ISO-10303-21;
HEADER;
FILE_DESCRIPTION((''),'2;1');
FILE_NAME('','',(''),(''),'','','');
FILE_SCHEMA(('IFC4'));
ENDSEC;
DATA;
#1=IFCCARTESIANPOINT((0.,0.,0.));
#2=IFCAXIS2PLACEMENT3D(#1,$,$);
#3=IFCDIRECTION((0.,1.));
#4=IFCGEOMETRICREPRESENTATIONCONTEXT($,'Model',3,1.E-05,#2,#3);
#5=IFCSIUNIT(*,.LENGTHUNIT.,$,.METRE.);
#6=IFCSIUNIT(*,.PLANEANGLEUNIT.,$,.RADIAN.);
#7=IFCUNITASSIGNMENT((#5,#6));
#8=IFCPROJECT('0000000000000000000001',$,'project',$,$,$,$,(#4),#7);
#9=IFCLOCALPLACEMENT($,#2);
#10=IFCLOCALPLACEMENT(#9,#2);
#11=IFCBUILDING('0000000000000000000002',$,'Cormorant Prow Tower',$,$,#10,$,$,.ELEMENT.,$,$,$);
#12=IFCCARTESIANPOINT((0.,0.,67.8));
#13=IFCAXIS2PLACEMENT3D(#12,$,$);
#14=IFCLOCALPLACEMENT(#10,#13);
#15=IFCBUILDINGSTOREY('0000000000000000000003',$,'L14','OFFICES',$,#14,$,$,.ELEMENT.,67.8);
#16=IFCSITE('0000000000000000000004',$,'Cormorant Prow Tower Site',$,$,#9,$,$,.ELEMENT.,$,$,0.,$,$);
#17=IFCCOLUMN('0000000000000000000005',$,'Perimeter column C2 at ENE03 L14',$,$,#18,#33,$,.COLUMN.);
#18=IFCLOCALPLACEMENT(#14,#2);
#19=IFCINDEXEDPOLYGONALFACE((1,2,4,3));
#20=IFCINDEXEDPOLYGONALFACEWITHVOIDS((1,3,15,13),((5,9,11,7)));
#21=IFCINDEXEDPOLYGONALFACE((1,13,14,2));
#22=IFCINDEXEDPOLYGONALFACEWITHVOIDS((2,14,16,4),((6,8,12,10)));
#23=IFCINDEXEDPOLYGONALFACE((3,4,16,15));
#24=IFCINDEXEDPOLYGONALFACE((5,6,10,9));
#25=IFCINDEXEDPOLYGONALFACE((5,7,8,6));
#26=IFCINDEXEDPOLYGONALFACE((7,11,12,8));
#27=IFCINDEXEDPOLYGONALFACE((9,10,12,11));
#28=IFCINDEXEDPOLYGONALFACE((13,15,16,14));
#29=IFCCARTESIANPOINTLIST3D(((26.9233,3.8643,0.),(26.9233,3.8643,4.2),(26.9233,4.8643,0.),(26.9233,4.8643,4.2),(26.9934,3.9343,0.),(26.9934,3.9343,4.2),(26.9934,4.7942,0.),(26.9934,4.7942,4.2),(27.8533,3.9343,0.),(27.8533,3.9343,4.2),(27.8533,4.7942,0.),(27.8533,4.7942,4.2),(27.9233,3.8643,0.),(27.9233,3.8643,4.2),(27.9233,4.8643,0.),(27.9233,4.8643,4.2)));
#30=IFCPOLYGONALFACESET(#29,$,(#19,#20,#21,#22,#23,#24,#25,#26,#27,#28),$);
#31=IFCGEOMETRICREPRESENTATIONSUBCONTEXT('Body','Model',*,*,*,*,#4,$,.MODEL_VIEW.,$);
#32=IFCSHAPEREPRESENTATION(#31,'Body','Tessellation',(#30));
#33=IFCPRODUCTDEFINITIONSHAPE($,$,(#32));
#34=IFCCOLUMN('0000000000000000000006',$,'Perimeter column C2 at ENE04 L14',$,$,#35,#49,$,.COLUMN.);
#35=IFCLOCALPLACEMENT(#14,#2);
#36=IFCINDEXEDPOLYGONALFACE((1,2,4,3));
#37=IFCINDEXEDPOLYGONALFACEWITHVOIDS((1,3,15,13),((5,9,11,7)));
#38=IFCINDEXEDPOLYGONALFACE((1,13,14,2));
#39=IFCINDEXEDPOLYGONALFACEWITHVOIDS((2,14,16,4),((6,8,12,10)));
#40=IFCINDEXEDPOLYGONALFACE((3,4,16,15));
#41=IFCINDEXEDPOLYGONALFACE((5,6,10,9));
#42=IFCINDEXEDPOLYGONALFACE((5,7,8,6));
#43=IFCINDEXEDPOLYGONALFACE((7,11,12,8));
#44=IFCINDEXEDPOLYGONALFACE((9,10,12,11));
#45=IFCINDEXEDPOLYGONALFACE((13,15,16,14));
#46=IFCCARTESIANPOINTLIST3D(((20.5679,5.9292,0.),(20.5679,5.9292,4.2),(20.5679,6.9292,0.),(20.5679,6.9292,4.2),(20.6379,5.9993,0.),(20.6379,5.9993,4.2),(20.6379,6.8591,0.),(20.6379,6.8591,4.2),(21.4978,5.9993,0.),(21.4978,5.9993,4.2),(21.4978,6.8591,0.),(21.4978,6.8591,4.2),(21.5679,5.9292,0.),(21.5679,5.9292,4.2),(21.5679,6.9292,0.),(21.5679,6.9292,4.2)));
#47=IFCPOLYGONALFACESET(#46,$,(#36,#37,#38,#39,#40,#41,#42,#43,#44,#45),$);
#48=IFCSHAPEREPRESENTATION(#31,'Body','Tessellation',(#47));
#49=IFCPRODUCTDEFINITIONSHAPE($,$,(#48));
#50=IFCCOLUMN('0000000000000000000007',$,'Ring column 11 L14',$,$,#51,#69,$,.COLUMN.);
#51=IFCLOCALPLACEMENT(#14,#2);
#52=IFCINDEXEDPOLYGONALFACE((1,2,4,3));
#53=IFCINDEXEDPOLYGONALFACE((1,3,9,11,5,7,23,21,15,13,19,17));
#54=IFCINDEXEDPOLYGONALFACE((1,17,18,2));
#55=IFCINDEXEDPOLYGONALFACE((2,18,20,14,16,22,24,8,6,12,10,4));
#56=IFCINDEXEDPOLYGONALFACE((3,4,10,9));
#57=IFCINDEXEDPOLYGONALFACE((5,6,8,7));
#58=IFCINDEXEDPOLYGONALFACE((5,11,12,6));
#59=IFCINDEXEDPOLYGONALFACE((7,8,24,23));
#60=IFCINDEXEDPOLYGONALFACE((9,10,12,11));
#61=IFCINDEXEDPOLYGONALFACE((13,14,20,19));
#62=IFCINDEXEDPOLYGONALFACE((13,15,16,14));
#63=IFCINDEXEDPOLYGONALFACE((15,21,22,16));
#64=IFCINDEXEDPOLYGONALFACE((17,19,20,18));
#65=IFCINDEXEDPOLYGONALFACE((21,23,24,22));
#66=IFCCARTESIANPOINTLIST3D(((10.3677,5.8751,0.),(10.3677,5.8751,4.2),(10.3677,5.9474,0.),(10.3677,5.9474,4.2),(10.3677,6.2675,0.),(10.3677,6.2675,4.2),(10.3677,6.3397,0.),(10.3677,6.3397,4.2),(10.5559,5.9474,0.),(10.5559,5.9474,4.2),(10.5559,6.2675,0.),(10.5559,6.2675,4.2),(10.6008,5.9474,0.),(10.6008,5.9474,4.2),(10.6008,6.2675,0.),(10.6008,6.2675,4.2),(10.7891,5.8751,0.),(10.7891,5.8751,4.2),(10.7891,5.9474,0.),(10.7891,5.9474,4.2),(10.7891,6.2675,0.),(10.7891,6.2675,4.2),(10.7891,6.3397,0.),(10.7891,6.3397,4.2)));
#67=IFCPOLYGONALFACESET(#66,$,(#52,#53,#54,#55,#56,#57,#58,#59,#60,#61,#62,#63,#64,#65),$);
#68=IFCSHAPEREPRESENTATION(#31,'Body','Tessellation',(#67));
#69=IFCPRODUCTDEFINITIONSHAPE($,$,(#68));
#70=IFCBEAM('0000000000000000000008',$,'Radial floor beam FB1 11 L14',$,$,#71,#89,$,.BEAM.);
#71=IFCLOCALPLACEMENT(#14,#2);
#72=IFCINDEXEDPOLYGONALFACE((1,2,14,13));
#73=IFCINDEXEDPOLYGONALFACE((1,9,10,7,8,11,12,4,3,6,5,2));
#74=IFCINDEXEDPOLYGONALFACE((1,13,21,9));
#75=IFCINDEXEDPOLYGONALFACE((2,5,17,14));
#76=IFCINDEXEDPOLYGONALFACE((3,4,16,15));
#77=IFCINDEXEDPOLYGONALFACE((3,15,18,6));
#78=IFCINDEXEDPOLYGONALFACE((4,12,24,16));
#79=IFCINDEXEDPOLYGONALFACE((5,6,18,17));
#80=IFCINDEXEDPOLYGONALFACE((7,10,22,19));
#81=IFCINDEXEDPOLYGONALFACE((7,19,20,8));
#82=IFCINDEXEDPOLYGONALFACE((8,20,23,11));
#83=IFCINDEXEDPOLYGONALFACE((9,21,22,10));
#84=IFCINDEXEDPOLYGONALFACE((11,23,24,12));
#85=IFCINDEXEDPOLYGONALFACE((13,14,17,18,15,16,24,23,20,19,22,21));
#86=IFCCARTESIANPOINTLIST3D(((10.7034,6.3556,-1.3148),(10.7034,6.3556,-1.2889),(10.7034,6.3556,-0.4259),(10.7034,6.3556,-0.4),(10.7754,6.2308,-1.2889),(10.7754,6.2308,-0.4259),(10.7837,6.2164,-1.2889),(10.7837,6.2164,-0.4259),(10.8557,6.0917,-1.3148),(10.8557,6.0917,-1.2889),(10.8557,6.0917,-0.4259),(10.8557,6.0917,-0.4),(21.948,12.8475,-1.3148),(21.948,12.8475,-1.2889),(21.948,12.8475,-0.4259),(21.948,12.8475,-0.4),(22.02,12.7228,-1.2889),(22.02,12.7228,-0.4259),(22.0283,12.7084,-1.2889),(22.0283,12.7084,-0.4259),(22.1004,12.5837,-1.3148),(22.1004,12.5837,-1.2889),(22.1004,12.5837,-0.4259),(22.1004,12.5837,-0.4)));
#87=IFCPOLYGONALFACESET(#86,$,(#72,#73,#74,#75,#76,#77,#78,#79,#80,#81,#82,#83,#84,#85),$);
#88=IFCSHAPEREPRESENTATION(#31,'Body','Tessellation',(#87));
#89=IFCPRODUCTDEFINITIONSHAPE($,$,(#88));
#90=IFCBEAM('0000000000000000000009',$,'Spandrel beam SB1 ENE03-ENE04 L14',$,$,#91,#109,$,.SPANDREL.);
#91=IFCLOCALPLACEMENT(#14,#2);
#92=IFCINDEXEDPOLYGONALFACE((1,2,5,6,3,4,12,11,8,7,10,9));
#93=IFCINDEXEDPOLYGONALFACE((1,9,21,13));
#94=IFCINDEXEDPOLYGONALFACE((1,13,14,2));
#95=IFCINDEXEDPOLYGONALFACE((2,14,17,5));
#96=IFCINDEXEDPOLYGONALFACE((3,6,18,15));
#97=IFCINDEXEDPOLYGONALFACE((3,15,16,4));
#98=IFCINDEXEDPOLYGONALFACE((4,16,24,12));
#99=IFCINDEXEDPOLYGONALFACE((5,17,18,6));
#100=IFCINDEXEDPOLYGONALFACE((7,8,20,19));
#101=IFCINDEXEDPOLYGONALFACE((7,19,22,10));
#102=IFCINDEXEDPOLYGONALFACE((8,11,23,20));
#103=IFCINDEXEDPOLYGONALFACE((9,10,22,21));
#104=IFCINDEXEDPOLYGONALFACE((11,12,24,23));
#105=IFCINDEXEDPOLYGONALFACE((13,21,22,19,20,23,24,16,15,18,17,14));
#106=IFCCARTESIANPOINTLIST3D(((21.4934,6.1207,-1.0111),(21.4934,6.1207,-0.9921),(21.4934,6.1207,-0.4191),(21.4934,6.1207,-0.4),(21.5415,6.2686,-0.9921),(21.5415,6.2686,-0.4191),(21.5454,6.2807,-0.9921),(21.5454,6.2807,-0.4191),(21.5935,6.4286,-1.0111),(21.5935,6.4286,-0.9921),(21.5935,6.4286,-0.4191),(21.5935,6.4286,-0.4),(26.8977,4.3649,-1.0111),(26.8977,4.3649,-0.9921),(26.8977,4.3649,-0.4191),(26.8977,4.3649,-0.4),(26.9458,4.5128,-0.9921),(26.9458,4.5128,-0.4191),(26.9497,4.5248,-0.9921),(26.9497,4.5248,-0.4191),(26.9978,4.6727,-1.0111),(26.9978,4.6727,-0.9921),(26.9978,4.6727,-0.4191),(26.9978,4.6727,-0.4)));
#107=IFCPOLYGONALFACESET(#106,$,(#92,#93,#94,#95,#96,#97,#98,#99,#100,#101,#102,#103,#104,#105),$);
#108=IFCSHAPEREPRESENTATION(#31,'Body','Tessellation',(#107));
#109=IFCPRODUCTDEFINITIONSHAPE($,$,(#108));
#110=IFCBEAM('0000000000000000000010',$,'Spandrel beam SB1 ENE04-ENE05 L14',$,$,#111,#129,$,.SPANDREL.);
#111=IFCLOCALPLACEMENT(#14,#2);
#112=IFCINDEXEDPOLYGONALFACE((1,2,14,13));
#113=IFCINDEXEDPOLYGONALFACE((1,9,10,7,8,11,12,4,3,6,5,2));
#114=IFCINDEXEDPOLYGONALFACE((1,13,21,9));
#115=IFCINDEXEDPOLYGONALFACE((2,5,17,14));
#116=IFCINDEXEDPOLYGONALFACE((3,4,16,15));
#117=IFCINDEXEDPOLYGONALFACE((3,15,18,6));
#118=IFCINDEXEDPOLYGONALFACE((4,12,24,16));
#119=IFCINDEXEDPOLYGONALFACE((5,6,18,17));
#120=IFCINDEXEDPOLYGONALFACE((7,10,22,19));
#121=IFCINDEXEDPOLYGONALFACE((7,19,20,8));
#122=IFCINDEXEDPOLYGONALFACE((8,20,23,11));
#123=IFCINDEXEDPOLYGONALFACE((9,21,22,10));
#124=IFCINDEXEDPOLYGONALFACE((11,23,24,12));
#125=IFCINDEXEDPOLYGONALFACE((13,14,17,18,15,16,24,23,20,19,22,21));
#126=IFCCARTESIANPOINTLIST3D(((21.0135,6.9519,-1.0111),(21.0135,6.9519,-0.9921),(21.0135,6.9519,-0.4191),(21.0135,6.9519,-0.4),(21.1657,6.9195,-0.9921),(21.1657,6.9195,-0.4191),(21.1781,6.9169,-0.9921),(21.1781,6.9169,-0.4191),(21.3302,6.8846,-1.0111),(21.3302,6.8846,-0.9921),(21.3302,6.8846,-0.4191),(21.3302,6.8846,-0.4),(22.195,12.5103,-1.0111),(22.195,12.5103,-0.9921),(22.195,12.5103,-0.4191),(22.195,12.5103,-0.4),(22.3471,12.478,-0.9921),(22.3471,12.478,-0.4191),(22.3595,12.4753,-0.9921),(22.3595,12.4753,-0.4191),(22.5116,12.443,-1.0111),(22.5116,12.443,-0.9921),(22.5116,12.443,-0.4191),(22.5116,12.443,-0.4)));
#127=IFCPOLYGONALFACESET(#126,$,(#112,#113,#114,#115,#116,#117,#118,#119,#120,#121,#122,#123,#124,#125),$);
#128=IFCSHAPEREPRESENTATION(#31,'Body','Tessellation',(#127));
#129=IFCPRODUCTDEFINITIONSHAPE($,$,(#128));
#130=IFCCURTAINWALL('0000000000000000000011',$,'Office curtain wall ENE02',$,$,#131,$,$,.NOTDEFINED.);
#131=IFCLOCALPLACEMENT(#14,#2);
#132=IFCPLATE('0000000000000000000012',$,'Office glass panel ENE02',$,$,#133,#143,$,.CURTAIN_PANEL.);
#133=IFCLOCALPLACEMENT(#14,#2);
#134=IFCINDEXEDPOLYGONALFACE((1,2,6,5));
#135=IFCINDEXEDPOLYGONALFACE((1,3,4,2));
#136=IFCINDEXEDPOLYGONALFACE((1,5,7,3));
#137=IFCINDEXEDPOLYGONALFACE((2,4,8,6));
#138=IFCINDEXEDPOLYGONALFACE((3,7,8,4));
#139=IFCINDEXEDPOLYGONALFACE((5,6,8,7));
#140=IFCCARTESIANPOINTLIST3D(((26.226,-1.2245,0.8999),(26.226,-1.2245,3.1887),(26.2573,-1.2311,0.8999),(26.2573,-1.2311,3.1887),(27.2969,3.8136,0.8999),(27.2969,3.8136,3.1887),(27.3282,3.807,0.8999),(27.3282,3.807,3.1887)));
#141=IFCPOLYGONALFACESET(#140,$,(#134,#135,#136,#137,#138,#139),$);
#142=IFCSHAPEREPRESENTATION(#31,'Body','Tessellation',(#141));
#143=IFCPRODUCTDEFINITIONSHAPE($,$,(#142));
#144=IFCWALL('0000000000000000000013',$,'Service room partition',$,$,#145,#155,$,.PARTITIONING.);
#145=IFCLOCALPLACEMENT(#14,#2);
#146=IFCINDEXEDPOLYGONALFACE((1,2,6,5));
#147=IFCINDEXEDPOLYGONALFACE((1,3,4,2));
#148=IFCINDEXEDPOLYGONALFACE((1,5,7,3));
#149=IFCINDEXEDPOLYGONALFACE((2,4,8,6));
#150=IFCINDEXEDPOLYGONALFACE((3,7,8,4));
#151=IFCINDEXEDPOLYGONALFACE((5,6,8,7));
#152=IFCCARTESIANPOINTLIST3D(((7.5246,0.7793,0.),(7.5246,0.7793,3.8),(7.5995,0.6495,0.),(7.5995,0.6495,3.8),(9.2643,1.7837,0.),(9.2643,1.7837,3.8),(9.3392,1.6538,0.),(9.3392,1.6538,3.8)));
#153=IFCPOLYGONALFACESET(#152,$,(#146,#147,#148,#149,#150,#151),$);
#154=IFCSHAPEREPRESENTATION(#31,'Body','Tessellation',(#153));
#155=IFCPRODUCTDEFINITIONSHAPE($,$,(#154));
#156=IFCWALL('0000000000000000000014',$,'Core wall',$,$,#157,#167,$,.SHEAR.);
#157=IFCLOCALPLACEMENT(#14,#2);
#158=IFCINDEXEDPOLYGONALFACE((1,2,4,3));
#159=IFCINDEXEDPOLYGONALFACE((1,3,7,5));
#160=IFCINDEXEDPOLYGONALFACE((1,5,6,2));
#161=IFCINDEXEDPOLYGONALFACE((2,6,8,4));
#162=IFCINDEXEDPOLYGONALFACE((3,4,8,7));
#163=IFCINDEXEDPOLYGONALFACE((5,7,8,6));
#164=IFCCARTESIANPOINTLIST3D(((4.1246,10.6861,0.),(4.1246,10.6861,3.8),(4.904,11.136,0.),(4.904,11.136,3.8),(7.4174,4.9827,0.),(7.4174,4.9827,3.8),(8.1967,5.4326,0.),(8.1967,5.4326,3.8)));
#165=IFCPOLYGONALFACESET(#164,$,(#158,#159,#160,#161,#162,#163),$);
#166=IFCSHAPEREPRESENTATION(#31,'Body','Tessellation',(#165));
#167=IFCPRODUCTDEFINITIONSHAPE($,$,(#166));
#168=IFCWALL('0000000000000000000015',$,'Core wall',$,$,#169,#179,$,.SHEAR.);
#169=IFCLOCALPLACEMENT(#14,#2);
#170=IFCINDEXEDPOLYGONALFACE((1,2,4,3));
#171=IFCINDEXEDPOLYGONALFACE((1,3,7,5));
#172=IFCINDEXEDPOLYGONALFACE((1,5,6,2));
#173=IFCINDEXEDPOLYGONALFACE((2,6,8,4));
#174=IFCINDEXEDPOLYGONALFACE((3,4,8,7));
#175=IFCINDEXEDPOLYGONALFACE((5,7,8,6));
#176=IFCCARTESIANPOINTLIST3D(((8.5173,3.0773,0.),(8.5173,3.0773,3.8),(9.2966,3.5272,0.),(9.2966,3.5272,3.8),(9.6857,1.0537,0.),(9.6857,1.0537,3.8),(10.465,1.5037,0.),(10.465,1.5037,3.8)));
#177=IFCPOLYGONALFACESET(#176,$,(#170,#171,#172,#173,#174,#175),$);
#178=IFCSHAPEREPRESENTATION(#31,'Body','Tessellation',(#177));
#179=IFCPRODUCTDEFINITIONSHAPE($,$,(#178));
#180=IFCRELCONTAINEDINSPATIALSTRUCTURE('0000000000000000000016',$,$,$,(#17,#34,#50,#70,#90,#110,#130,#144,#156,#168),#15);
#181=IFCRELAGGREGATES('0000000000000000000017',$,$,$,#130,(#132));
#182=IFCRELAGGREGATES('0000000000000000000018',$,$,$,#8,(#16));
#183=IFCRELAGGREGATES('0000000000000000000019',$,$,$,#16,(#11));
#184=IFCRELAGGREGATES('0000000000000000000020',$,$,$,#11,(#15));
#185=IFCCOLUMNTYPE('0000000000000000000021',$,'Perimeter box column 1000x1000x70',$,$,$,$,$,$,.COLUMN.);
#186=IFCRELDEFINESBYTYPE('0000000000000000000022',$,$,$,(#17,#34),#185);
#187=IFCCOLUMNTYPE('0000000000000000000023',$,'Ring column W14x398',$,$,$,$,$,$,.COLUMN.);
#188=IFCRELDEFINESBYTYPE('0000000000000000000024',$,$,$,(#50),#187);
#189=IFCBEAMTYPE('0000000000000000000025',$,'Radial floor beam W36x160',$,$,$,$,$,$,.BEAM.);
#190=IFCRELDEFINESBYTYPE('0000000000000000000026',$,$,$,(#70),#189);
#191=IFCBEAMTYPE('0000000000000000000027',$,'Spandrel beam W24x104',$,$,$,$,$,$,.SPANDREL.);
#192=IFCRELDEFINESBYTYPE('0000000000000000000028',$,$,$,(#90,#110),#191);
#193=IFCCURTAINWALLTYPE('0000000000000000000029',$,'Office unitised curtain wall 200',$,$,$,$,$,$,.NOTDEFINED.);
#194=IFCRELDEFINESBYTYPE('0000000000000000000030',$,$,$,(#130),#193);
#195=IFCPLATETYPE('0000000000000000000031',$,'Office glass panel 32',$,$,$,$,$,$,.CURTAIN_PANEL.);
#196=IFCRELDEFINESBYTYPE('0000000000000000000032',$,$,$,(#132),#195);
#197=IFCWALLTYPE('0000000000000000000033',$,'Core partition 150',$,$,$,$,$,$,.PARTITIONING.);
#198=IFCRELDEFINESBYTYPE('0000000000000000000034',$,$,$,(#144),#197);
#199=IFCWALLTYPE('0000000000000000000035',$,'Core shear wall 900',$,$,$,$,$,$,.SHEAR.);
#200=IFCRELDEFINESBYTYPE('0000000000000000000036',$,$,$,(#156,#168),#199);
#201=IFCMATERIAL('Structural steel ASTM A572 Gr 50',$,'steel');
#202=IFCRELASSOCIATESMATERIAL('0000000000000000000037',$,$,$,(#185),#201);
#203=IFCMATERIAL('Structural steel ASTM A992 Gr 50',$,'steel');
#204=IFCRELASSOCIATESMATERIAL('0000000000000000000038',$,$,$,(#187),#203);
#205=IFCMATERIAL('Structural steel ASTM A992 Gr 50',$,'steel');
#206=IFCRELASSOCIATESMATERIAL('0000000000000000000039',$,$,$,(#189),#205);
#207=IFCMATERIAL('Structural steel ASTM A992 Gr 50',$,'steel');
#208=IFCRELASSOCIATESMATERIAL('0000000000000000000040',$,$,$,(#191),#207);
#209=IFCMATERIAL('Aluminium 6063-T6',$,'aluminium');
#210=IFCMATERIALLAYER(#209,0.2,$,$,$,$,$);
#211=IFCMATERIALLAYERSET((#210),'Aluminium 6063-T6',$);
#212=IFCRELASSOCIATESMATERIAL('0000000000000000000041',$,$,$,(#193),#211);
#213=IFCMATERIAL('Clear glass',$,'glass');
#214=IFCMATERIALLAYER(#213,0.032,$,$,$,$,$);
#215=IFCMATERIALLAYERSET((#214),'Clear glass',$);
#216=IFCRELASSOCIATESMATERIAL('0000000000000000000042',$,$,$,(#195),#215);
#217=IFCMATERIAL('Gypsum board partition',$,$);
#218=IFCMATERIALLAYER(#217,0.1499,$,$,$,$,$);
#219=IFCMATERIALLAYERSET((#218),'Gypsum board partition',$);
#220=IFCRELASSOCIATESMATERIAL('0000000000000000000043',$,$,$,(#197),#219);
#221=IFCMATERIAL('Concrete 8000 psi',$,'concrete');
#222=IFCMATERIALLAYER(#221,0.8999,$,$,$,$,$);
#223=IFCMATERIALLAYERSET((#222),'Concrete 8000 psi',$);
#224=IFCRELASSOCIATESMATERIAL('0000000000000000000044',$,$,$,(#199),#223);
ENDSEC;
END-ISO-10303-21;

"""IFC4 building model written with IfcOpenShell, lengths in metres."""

from ifc_helpers import new_model, si_unit, direction, frame, frame_2d, origin, origin_2d, place, context, subcontext, project, spatial, rectangle, hollow_rectangle, i_section, extrude, material, layer, layer_set, material_profile, profile_set, type_object, element, aggregate, save


model = new_model("IFC4")

# Units and contexts
model_context = context("Model", 3, precision=1e-05, world=origin(), true_north=direction((0.0, 1.0)))
body_context = subcontext(model_context, "Body", "Model", "MODEL_VIEW")
ifc_project = project(units=[si_unit("LENGTHUNIT", "METRE"), si_unit("PLANEANGLEUNIT", "RADIAN")], contexts=[model_context])

# Site, building, storey
site_placement = place(None, origin())
site = spatial("IfcSite", under=ifc_project, at=site_placement, Name="Cormorant Prow Tower Site", CompositionType="ELEMENT", RefElevation=0.0)
building_placement = place(site_placement, origin())
building = spatial("IfcBuilding", under=site, at=building_placement, Name="Cormorant Prow Tower", CompositionType="ELEMENT")
storey_placement = place(building_placement, frame((0.0, 0.0, 67.8)))
storey = spatial("IfcBuildingStorey", under=building, at=storey_placement, Name="L14", Description="OFFICES", CompositionType="ELEMENT", Elevation=67.8)

# Columns
ifc_material_1 = material(Name="Structural steel ASTM A572 Gr 50", Category="steel")
ifc_material_profile_1 = material_profile(ifc_material_1, hollow_rectangle(XDim=1.0, YDim=1.0, WallThickness=0.0701, at=origin_2d()), Name="Box 1000x1000x70")
ifc_profile_set_1 = profile_set([ifc_material_profile_1], Name="Structural steel ASTM A572 Gr 50")
column_type_1 = type_object("IfcColumnType", Name="Perimeter box column 1000x1000x70", PredefinedType="COLUMN", material=ifc_profile_set_1)
for number, where, z_axis, x_axis, name in (
    (1, (27.4233, 4.3643, 0.0), (0.0, 0.0, 1.0), (1.0, 0.0, 0.0), "Perimeter column C2 at ENE03 L14"),
    (2, (21.0679, 6.4292, 0.0), (0.0, 0.0, 1.0), (1.0, 0.0, 0.0), "Perimeter column C2 at ENE04 L14"),
):
    element("IfcColumn", number, at=place(storey_placement, frame(where, z_axis=z_axis, x_axis=x_axis)), inside=storey, type_object=column_type_1, Name=name, PredefinedType="COLUMN", context=body_context, shape_type="SweptSolid", body=[
        extrude(hollow_rectangle(XDim=1.0, YDim=1.0, WallThickness=0.0701, at=origin_2d()), origin(), (0.0, 0.0, 1.0), 4.2),
    ])
ifc_material_2 = material(Name="Structural steel ASTM A992 Gr 50", Category="steel")
ifc_material_profile_2 = material_profile(ifc_material_2, i_section(OverallWidth=0.4214, OverallDepth=0.4646, WebThickness=0.0449, FlangeThickness=0.0723, at=origin_2d()), Name="W14x398")
ifc_profile_set_2 = profile_set([ifc_material_profile_2], Name="Structural steel ASTM A992 Gr 50")
column_type_2 = type_object("IfcColumnType", Name="Ring column W14x398", PredefinedType="COLUMN", material=ifc_profile_set_2)
column_placement = place(storey_placement, frame((10.5784, 6.1074, 0.0), z_axis=(0.0, 0.0, 1.0), x_axis=(1.0, 0.0, 0.0)))
element("IfcColumn", 3, at=column_placement, inside=storey, type_object=column_type_2, Name="Ring column 11 L14", PredefinedType="COLUMN", context=body_context, shape_type="SweptSolid", body=[
    extrude(i_section(OverallWidth=0.4214, OverallDepth=0.4646, WebThickness=0.0449, FlangeThickness=0.0723, at=origin_2d()), origin(), (0.0, 0.0, 1.0), 4.2),
])

# Beams
ifc_material_3 = material(Name="Structural steel ASTM A992 Gr 50", Category="steel")
ifc_material_profile_3 = material_profile(ifc_material_3, i_section(OverallWidth=0.3047, OverallDepth=0.9148, WebThickness=0.0166, FlangeThickness=0.0259, at=origin_2d()), Name="W36x160")
ifc_profile_set_3 = profile_set([ifc_material_profile_3], Name="Structural steel ASTM A992 Gr 50")
beam_type_1 = type_object("IfcBeamType", Name="Radial floor beam W36x160", PredefinedType="BEAM", material=ifc_profile_set_3)
beam_1_placement = place(storey_placement, frame((10.7795, 6.2236, -0.8574), z_axis=(0.86603, 0.499992, 0.0), x_axis=(-0.499992, 0.86603, 0.0)))
element("IfcBeam", 4, at=beam_1_placement, inside=storey, type_object=beam_type_1, Name="Radial floor beam FB1 11 L14", PredefinedType="BEAM", context=body_context, shape_type="SweptSolid", body=[
    extrude(i_section(OverallWidth=0.3047, OverallDepth=0.9148, WebThickness=0.0166, FlangeThickness=0.0259, at=origin_2d()), origin(), (0.0, 0.0, 1.0), 12.9841),
])
ifc_material_4 = material(Name="Structural steel ASTM A992 Gr 50", Category="steel")
ifc_material_profile_4 = material_profile(ifc_material_4, i_section(OverallWidth=0.3237, OverallDepth=0.6111, WebThickness=0.0127, FlangeThickness=0.019, at=origin_2d()), Name="W24x104")
ifc_profile_set_4 = profile_set([ifc_material_profile_4], Name="Structural steel ASTM A992 Gr 50")
beam_type_2 = type_object("IfcBeamType", Name="Spandrel beam W24x104", PredefinedType="SPANDREL", material=ifc_profile_set_4)
beam_2_placement = place(storey_placement, frame((26.9478, 4.5188, -0.7056), z_axis=(-0.951062, 0.309001, 0.0), x_axis=(-0.309001, -0.951062, 0.0)))
element("IfcBeam", 5, at=beam_2_placement, inside=storey, type_object=beam_type_2, Name="Spandrel beam SB1 ENE03-ENE04 L14", PredefinedType="SPANDREL", context=body_context, shape_type="SweptSolid", body=[
    extrude(i_section(OverallWidth=0.3237, OverallDepth=0.6111, WebThickness=0.0127, FlangeThickness=0.019, at=origin_2d()), origin(), (0.0, 0.0, 1.0), 5.6824),
])
beam_3_placement = place(storey_placement, frame((21.1719, 6.9182, -0.7056), z_axis=(0.2079, 0.97815, 0.0), x_axis=(-0.97815, 0.2079, 0.0)))
element("IfcBeam", 6, at=beam_3_placement, inside=storey, type_object=beam_type_2, Name="Spandrel beam SB1 ENE04-ENE05 L14", PredefinedType="SPANDREL", context=body_context, shape_type="SweptSolid", body=[
    extrude(i_section(OverallWidth=0.3237, OverallDepth=0.6111, WebThickness=0.0127, FlangeThickness=0.019, at=origin_2d()), origin(), (0.0, 0.0, 1.0), 5.6826),
])

# Curtain wall, plate
ifc_material_5 = material(Name="Aluminium 6063-T6", Category="aluminium")
ifc_layer_1 = layer(ifc_material_5, 0.2)
ifc_layer_set_1 = layer_set([ifc_layer_1], Name="Aluminium 6063-T6")
curtain_wall_type = type_object("IfcCurtainWallType", Name="Office unitised curtain wall 200", PredefinedType="NOTDEFINED", material=ifc_layer_set_1)
curtain_wall_placement = place(storey_placement, origin())
curtain_wall = element("IfcCurtainWall", 7, at=curtain_wall_placement, inside=storey, type_object=curtain_wall_type, Name="Office curtain wall ENE02", PredefinedType="NOTDEFINED")
ifc_material_6 = material(Name="Clear glass", Category="glass")
ifc_layer_2 = layer(ifc_material_6, 0.032)
ifc_layer_set_2 = layer_set([ifc_layer_2], Name="Clear glass")
plate_type = type_object("IfcPlateType", Name="Office glass panel 32", PredefinedType="CURTAIN_PANEL", material=ifc_layer_set_2)
plate_placement = place(storey_placement, frame((26.7771, 1.2913, 0.8999), z_axis=(0.0, 0.0, 1.0), x_axis=(0.207912, 0.978148, 0.0)))
plate = element("IfcPlate", 8, at=plate_placement, type_object=plate_type, Name="Office glass panel ENE02", PredefinedType="CURTAIN_PANEL", context=body_context, shape_type="SweptSolid", body=[
    extrude(rectangle(XDim=5.1506, YDim=0.032, at=origin_2d()), origin(), (0.0, 0.0, 1.0), 2.2888),
])
aggregate(curtain_wall, [plate])

# Walls
ifc_material_7 = material(Name="Gypsum board partition")
ifc_layer_3 = layer(ifc_material_7, 0.1499)
ifc_layer_set_3 = layer_set([ifc_layer_3], Name="Gypsum board partition")
wall_type_1 = type_object("IfcWallType", Name="Core partition 150", PredefinedType="PARTITIONING", material=ifc_layer_set_3)
wall_1_placement = place(storey_placement, frame((9.3018, 1.7188, 0.0), z_axis=(0.0, 0.0, 1.0), x_axis=(-0.866036, -0.499982, 0.0)))
element("IfcWall", 9, at=wall_1_placement, inside=storey, type_object=wall_type_1, Name="Service room partition", PredefinedType="PARTITIONING", context=body_context, shape_type="SweptSolid", body=[
    extrude(rectangle(XDim=2.0088, YDim=0.1499, at=frame_2d((1.0044, 0.0))), origin(), (0.0, 0.0, 1.0), 3.8),
])
ifc_material_8 = material(Name="Concrete 8000 psi", Category="concrete")
ifc_layer_4 = layer(ifc_material_8, 0.8999)
ifc_layer_set_4 = layer_set([ifc_layer_4], Name="Concrete 8000 psi")
wall_type_2 = type_object("IfcWallType", Name="Core shear wall 900", PredefinedType="SHEAR", material=ifc_layer_set_4)
wall_2_placement = place(storey_placement, frame((7.8071, 5.2075, 0.0), z_axis=(0.0, 0.0, 1.0), x_axis=(-0.499987, 0.866033, 0.0)))
element("IfcWall", 10, at=wall_2_placement, inside=storey, type_object=wall_type_2, Name="Core wall", PredefinedType="SHEAR", context=body_context, shape_type="SweptSolid", body=[
    extrude(rectangle(XDim=6.5857, YDim=0.8999, at=frame_2d((3.293, 0.0))), origin(), (0.0, 0.0, 1.0), 3.8),
])
wall_3_placement = place(storey_placement, frame((10.0754, 1.2786, 0.0), z_axis=(0.0, 0.0, 1.0), x_axis=(-0.500027, 0.86601, 0.0)))
element("IfcWall", 11, at=wall_3_placement, inside=storey, type_object=wall_type_2, Name="Core wall", PredefinedType="SHEAR", context=body_context, shape_type="SweptSolid", body=[
    extrude(rectangle(XDim=2.3367, YDim=0.8999, at=frame_2d((1.1685, 0.0))), origin(), (0.0, 0.0, 1.0), 3.8),
])

save(model, "model.ifc")
